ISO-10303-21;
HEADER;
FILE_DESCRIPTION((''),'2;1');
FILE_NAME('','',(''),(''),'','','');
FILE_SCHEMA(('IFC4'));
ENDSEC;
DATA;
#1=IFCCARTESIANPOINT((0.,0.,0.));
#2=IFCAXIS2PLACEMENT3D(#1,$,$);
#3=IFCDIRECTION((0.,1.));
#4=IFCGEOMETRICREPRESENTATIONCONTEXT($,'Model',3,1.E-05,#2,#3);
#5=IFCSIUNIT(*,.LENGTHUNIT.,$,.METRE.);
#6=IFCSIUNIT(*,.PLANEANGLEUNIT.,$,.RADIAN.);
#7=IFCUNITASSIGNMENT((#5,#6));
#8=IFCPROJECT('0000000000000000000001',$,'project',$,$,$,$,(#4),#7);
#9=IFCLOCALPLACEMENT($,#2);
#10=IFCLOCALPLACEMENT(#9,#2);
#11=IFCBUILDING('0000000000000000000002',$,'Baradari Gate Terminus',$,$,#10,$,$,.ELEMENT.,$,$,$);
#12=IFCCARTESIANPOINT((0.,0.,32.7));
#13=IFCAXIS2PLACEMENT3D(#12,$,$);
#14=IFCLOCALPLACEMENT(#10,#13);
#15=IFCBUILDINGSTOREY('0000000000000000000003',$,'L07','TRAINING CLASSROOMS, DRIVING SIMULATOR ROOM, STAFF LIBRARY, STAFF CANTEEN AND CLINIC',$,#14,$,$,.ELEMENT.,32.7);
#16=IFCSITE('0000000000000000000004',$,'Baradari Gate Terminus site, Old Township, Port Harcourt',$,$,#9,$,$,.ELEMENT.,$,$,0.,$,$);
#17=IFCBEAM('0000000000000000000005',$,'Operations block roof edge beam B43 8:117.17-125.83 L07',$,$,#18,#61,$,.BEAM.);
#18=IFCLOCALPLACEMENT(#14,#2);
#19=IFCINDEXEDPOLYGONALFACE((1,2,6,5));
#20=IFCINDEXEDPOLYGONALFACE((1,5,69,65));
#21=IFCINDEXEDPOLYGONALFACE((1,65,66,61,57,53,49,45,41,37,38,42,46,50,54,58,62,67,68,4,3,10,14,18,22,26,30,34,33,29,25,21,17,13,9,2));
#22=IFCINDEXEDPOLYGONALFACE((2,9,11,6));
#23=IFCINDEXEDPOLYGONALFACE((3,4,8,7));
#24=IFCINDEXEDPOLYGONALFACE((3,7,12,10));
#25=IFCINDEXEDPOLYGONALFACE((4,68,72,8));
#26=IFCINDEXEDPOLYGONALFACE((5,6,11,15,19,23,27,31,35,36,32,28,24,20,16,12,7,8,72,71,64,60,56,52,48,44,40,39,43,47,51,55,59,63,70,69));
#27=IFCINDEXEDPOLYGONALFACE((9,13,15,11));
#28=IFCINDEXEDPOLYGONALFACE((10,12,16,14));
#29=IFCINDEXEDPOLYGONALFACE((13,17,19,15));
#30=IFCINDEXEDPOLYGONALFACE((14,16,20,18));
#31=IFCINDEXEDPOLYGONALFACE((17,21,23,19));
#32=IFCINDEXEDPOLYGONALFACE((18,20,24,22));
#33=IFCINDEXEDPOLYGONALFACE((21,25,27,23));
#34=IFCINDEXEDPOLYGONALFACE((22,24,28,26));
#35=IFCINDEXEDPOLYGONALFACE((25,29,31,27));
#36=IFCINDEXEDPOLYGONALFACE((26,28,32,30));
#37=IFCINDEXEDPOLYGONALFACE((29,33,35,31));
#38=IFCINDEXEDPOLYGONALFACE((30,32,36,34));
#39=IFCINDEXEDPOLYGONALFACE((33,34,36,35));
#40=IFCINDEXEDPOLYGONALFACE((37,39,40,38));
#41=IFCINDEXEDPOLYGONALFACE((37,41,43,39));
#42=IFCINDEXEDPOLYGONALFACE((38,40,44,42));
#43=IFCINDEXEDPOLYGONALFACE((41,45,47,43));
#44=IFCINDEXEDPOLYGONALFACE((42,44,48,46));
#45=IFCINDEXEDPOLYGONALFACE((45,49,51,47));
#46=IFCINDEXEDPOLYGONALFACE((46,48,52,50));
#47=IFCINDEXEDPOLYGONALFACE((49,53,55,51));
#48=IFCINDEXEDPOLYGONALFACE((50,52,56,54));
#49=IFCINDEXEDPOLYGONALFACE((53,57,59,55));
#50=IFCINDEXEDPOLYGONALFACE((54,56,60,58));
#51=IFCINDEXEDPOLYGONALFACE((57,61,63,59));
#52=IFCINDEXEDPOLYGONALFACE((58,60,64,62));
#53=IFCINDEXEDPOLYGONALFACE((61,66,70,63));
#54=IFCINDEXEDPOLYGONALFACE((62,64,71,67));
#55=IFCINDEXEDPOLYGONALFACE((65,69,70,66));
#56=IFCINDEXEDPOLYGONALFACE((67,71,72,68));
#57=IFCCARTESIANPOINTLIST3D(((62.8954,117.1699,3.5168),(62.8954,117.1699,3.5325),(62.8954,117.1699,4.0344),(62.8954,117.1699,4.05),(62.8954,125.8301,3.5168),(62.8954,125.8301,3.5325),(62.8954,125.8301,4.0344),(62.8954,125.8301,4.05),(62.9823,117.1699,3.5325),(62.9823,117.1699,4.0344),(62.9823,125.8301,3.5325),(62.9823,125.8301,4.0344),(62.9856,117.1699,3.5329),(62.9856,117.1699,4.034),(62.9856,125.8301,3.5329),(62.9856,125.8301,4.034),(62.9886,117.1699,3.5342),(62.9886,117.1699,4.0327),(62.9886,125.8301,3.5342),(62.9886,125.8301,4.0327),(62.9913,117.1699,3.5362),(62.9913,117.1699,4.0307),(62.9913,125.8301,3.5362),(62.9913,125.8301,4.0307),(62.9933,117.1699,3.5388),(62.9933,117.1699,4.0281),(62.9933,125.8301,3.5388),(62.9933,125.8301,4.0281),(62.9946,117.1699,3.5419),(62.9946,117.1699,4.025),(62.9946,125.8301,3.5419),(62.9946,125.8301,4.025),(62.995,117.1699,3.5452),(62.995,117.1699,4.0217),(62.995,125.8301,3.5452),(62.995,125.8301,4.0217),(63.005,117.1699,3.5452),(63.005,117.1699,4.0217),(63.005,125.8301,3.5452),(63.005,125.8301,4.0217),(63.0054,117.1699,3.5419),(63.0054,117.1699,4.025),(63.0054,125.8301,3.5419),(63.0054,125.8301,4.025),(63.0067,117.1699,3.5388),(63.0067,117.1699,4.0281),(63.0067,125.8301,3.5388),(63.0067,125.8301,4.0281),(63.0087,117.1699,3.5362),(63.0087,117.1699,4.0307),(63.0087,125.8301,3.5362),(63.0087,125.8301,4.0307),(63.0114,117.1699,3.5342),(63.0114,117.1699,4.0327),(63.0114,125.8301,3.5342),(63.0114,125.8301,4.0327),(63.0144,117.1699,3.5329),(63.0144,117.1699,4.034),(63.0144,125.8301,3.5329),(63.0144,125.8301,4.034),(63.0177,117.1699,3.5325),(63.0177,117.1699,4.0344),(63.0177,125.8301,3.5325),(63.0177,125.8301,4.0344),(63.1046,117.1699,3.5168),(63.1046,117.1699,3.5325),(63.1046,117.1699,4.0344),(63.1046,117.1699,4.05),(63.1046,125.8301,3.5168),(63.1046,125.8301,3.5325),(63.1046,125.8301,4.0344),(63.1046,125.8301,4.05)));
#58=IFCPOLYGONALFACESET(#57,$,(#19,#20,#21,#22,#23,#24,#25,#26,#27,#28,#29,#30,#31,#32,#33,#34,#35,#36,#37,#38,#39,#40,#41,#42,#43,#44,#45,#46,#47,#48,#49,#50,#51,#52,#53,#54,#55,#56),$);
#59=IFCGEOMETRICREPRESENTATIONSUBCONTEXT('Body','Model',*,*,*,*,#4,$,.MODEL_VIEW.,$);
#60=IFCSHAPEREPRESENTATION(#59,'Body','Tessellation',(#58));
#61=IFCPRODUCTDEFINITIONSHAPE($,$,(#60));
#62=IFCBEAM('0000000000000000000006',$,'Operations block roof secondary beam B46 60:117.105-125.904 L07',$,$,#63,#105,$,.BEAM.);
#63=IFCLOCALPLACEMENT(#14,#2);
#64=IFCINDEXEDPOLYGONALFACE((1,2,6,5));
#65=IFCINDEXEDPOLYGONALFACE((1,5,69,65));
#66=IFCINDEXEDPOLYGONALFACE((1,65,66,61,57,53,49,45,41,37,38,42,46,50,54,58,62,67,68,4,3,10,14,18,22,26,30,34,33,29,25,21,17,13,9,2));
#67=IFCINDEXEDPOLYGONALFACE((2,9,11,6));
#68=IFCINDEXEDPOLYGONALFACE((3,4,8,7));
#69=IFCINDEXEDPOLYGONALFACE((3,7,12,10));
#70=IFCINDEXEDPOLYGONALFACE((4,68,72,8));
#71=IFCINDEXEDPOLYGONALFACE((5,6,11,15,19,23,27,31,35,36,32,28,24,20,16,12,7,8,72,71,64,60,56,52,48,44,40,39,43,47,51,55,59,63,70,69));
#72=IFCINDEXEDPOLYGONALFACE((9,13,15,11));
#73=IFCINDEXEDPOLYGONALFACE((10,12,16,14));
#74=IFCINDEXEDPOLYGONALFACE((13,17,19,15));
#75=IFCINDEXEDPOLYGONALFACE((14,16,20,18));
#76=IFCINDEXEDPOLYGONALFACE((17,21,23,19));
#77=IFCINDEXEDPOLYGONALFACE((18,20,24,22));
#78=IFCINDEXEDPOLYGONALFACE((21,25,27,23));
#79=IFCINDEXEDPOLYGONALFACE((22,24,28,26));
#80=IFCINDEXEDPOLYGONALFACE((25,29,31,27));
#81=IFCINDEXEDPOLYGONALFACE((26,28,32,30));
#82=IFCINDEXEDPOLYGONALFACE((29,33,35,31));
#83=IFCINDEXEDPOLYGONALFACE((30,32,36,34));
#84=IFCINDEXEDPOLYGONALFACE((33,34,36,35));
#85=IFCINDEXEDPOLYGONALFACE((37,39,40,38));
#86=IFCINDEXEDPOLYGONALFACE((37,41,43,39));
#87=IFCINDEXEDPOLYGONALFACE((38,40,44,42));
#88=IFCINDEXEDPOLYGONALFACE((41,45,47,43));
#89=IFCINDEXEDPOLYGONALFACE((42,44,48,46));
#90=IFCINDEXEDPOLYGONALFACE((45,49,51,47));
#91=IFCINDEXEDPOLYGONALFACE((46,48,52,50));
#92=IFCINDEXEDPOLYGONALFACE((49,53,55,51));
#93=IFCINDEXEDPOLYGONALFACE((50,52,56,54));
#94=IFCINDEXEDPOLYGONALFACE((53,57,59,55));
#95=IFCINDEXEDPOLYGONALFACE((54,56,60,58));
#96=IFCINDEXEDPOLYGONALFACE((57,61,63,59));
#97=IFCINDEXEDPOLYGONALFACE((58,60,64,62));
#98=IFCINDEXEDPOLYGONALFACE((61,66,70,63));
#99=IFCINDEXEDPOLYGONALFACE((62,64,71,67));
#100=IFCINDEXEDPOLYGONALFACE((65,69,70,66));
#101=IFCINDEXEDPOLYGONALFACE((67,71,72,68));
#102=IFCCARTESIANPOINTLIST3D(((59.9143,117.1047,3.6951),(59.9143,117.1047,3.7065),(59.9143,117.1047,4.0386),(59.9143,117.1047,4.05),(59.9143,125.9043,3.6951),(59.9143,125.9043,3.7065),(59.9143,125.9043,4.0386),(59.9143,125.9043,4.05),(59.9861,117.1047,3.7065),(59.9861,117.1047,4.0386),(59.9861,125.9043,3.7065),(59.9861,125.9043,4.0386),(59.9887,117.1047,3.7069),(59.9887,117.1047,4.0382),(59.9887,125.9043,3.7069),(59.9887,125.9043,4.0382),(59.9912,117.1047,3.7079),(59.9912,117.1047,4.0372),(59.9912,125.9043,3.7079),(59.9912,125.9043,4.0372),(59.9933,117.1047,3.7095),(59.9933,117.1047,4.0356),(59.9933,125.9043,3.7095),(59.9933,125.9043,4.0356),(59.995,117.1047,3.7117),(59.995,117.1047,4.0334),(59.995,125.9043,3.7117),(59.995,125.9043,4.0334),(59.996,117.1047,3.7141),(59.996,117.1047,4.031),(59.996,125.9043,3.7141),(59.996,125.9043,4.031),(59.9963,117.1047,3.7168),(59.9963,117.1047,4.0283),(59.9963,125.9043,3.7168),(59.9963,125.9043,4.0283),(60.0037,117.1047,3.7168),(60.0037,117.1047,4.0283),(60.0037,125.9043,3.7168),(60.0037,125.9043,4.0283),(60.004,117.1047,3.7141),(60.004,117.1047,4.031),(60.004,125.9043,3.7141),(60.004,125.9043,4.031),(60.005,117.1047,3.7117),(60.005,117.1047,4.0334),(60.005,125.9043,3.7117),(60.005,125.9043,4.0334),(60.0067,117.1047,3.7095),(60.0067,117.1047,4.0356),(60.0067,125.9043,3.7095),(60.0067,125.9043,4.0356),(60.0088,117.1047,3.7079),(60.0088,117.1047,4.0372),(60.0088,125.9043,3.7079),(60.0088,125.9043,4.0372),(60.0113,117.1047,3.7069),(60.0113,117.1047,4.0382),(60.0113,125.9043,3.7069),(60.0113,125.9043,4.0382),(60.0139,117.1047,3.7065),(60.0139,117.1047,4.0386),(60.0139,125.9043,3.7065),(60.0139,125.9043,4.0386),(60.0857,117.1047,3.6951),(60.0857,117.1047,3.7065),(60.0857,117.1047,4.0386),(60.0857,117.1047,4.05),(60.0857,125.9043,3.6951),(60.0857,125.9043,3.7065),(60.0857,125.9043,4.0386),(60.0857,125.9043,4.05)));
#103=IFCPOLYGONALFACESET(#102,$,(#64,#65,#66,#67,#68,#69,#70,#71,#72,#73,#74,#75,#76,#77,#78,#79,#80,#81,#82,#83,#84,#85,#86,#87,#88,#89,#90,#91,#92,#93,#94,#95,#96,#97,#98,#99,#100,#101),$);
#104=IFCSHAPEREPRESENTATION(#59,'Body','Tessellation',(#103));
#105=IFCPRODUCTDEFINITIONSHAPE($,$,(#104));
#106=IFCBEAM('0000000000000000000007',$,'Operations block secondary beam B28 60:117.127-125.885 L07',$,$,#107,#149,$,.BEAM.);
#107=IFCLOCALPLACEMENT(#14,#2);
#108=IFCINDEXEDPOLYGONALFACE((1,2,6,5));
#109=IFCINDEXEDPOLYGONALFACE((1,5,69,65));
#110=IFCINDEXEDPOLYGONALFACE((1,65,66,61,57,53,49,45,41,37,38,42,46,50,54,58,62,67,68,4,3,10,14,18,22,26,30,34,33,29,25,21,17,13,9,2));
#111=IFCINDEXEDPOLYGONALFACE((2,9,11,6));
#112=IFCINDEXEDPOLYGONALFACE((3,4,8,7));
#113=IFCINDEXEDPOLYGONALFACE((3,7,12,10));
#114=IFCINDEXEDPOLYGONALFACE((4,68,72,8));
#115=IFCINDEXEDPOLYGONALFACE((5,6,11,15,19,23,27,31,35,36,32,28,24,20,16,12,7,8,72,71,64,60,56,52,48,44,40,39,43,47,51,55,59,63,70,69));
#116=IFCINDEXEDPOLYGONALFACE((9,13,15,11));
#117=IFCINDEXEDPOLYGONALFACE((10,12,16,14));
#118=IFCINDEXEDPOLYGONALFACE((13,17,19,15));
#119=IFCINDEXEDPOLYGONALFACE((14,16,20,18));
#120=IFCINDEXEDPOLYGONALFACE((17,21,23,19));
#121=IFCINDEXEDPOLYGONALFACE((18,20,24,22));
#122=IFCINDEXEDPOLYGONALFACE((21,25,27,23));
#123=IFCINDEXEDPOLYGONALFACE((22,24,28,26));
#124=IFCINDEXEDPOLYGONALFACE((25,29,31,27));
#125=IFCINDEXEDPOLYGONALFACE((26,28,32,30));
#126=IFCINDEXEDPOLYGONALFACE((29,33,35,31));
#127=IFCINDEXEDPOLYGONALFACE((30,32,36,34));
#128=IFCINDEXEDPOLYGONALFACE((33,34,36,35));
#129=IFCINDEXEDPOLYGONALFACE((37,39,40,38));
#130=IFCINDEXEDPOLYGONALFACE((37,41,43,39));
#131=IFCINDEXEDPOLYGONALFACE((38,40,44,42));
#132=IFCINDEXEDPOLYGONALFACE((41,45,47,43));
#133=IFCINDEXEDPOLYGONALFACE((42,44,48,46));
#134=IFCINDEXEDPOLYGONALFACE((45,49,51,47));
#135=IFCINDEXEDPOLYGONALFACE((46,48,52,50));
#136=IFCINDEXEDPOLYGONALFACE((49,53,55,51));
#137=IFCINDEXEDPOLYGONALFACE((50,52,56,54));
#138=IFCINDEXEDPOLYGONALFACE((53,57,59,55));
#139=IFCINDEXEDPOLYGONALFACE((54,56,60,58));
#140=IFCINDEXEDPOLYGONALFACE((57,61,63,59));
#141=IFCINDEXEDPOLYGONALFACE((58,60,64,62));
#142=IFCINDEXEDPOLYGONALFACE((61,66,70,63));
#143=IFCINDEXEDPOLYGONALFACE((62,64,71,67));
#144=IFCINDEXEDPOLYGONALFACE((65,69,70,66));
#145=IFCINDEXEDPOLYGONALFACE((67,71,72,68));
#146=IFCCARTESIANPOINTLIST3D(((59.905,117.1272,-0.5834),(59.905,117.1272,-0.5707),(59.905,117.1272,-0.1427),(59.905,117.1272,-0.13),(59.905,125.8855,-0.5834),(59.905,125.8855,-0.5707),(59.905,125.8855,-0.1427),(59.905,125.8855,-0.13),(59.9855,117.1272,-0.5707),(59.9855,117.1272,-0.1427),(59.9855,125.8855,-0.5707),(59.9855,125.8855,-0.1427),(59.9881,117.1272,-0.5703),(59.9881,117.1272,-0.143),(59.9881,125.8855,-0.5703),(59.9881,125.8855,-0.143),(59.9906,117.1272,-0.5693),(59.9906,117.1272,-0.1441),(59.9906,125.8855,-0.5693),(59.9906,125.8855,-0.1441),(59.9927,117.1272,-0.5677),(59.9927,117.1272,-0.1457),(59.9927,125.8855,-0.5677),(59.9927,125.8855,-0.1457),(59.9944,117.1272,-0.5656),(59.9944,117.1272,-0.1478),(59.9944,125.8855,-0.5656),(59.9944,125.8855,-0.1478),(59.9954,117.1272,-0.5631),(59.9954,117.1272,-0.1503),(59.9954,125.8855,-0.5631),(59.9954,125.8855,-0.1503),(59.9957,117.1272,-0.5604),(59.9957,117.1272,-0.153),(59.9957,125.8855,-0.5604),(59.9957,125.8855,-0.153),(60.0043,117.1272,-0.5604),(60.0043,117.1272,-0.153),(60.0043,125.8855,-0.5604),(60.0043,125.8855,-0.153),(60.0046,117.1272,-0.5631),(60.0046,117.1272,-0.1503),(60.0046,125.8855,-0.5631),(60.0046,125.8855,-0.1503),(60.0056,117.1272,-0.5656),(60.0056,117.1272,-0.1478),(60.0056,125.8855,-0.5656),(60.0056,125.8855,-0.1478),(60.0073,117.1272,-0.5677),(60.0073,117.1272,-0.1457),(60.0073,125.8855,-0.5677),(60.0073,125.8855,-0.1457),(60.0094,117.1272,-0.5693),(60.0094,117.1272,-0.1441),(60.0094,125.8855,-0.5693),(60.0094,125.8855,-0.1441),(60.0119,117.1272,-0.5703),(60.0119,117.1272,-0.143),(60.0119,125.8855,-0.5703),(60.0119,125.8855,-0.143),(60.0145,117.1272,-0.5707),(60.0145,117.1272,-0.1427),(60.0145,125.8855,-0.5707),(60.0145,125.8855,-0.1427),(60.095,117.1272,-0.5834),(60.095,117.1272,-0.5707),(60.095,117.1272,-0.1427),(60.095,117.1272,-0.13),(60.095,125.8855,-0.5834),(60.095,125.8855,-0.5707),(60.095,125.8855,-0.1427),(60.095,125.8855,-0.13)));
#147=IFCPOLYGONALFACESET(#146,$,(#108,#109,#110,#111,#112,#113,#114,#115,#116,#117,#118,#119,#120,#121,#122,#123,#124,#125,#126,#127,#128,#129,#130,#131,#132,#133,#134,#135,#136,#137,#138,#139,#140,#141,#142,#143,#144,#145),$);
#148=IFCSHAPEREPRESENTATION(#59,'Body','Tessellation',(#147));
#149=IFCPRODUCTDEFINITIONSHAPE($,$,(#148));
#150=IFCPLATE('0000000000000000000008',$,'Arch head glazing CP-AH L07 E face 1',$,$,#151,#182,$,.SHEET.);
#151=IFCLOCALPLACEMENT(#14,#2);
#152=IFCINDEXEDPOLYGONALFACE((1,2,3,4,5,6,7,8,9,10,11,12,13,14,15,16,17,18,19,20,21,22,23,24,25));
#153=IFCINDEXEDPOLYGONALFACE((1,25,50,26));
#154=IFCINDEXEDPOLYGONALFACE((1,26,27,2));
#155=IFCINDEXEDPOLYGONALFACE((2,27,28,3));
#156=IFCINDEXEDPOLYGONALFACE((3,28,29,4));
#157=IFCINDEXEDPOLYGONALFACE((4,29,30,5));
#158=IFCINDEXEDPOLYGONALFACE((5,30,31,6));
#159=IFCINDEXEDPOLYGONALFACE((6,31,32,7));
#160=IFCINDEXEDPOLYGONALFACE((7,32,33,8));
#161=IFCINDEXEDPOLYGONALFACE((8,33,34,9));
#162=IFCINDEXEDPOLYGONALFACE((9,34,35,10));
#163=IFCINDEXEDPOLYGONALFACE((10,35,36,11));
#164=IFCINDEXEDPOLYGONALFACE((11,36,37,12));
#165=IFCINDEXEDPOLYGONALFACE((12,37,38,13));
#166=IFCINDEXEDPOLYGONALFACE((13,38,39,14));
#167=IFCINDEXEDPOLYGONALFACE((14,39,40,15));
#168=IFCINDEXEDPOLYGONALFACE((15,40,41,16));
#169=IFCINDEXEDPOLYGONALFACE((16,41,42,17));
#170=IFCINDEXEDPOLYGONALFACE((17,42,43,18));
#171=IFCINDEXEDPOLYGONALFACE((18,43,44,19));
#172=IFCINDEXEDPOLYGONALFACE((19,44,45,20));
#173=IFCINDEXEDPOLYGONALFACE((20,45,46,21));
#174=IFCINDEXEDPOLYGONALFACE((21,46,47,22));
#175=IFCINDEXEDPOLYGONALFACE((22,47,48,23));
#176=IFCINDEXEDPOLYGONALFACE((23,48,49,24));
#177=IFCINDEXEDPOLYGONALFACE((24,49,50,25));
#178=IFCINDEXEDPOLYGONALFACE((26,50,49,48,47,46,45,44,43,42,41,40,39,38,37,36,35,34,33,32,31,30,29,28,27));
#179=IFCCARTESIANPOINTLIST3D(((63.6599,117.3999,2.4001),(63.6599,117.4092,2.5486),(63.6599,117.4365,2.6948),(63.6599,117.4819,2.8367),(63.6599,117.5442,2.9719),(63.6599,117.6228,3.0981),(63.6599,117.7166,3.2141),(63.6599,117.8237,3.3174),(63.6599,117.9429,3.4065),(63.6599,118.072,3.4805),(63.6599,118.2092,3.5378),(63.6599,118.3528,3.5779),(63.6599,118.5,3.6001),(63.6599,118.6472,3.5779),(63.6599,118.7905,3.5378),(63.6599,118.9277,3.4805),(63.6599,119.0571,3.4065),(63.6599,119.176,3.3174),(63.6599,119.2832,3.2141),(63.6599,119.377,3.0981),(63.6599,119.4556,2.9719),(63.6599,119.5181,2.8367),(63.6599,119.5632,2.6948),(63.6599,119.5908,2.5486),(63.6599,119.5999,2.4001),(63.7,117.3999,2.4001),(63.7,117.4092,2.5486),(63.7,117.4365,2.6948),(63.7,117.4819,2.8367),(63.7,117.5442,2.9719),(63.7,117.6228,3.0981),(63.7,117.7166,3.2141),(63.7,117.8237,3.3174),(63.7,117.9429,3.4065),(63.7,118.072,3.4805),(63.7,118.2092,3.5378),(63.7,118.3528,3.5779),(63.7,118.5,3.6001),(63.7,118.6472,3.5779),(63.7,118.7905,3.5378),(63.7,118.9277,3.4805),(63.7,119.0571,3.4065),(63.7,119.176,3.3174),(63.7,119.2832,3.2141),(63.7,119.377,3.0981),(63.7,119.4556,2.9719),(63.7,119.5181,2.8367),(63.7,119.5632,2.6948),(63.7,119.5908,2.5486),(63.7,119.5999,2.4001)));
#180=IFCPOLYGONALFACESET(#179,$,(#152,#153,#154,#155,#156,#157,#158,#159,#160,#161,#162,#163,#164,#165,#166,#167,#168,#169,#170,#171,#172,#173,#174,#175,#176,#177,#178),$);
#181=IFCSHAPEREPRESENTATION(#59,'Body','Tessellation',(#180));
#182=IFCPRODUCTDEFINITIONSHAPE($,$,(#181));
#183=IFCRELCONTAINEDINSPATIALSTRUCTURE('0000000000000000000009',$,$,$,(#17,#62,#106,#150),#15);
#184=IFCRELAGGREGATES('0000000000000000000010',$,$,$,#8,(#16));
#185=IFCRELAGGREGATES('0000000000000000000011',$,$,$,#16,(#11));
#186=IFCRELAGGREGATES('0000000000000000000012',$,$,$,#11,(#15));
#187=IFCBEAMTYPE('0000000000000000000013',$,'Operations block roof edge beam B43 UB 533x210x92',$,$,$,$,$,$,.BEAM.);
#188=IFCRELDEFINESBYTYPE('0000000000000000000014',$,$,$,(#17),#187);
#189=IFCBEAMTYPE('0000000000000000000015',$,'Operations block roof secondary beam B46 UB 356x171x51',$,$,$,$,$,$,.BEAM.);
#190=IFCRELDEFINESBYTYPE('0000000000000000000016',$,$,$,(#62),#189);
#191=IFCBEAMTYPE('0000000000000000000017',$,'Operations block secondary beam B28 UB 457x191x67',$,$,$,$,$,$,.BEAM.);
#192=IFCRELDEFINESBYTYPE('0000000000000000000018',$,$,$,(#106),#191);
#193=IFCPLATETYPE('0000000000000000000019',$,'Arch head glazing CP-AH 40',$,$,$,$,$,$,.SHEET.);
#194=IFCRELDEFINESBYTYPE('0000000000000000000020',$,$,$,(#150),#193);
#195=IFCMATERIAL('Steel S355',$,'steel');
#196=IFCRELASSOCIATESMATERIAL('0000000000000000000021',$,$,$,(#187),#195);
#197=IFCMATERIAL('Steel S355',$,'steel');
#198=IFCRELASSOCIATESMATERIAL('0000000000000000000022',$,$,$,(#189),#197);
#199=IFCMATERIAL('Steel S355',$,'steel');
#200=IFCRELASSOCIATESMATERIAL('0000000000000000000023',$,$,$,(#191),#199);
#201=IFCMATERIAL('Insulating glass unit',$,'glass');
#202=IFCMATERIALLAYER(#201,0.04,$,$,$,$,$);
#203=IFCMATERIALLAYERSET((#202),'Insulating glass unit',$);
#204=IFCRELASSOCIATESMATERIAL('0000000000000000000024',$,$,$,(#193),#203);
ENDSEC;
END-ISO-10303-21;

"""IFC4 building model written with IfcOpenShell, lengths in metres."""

from ifc_helpers import new_model, si_unit, direction, frame, origin, origin_2d, place, context, subcontext, project, spatial, polyline, i_section, outline, extrude, material, layer, layer_set, material_profile, profile_set, type_object, element, save


model = new_model("IFC4")

# Units and contexts
model_context = context("Model", 3, precision=1e-05, world=origin(), true_north=direction((0.0, 1.0)))
body_context = subcontext(model_context, "Body", "Model", "MODEL_VIEW")
ifc_project = project(units=[si_unit("LENGTHUNIT", "METRE"), si_unit("PLANEANGLEUNIT", "RADIAN")], contexts=[model_context])

# Site, building, storey
site_placement = place(None, origin())
site = spatial("IfcSite", under=ifc_project, at=site_placement, Name="Baradari Gate Terminus site, Old Township, Port Harcourt", CompositionType="ELEMENT", RefElevation=0.0)
building_placement = place(site_placement, origin())
building = spatial("IfcBuilding", under=site, at=building_placement, Name="Baradari Gate Terminus", CompositionType="ELEMENT")
storey_placement = place(building_placement, frame((0.0, 0.0, 32.7)))
storey = spatial("IfcBuildingStorey", under=building, at=storey_placement, Name="L07", Description="TRAINING CLASSROOMS, DRIVING SIMULATOR ROOM, STAFF LIBRARY, STAFF CANTEEN AND CLINIC", CompositionType="ELEMENT", Elevation=32.7)

# Beams
ifc_material_1 = material(Name="Steel S355", Category="steel")
ifc_material_profile_1 = material_profile(ifc_material_1, i_section(OverallWidth=0.2092, OverallDepth=0.5332, WebThickness=0.01, FlangeThickness=0.0156, FilletRadius=0.0127, at=origin_2d()), Name="UB 533x210x92")
ifc_profile_set_1 = profile_set([ifc_material_profile_1], Name="Steel S355")
beam_type_1 = type_object("IfcBeamType", Name="Operations block roof edge beam B43 UB 533x210x92", PredefinedType="BEAM", material=ifc_profile_set_1)
beam_1_placement = place(storey_placement, frame((63.0, 117.1699, 3.7834), z_axis=(0.0, 1.0, 0.0), x_axis=(-1.0, 0.0, 0.0)))
element("IfcBeam", 1, at=beam_1_placement, inside=storey, type_object=beam_type_1, Name="Operations block roof edge beam B43 8:117.17-125.83 L07", PredefinedType="BEAM", context=body_context, shape_type="SweptSolid", body=[
    extrude(i_section(OverallWidth=0.2092, OverallDepth=0.5332, WebThickness=0.01, FlangeThickness=0.0156, FilletRadius=0.0127, at=origin_2d()), origin(), (0.0, 0.0, 1.0), 8.6602),
])
ifc_material_2 = material(Name="Steel S355", Category="steel")
ifc_material_profile_2 = material_profile(ifc_material_2, i_section(OverallWidth=0.1714, OverallDepth=0.355, WebThickness=0.0073, FlangeThickness=0.0115, FilletRadius=0.0103, at=origin_2d()), Name="UB 356x171x51")
ifc_profile_set_2 = profile_set([ifc_material_profile_2], Name="Steel S355")
beam_type_2 = type_object("IfcBeamType", Name="Operations block roof secondary beam B46 UB 356x171x51", PredefinedType="BEAM", material=ifc_profile_set_2)
beam_2_placement = place(storey_placement, frame((60.0, 117.1047, 3.8726), z_axis=(0.0, 1.0, 0.0), x_axis=(-1.0, 0.0, 0.0)))
element("IfcBeam", 2, at=beam_2_placement, inside=storey, type_object=beam_type_2, Name="Operations block roof secondary beam B46 60:117.105-125.904 L07", PredefinedType="BEAM", context=body_context, shape_type="SweptSolid", body=[
    extrude(i_section(OverallWidth=0.1714, OverallDepth=0.355, WebThickness=0.0073, FlangeThickness=0.0115, FilletRadius=0.0103, at=origin_2d()), origin(), (0.0, 0.0, 1.0), 8.7996),
])
ifc_material_3 = material(Name="Steel S355", Category="steel")
ifc_material_profile_3 = material_profile(ifc_material_3, i_section(OverallWidth=0.1899, OverallDepth=0.4534, WebThickness=0.0085, FlangeThickness=0.0127, FilletRadius=0.0103, at=origin_2d()), Name="UB 457x191x67")
ifc_profile_set_3 = profile_set([ifc_material_profile_3], Name="Steel S355")
beam_type_3 = type_object("IfcBeamType", Name="Operations block secondary beam B28 UB 457x191x67", PredefinedType="BEAM", material=ifc_profile_set_3)
beam_3_placement = place(storey_placement, frame((60.0, 117.1272, -0.3567), z_axis=(0.0, 1.0, 0.0), x_axis=(-1.0, 0.0, 0.0)))
element("IfcBeam", 3, at=beam_3_placement, inside=storey, type_object=beam_type_3, Name="Operations block secondary beam B28 60:117.127-125.885 L07", PredefinedType="BEAM", context=body_context, shape_type="SweptSolid", body=[
    extrude(i_section(OverallWidth=0.1899, OverallDepth=0.4534, WebThickness=0.0085, FlangeThickness=0.0127, FilletRadius=0.0103, at=origin_2d()), origin(), (0.0, 0.0, 1.0), 8.7583),
])

# Plate
ifc_material_4 = material(Name="Insulating glass unit", Category="glass")
ifc_layer_1 = layer(ifc_material_4, 0.04)
ifc_layer_set_1 = layer_set([ifc_layer_1], Name="Insulating glass unit")
plate_type_1 = type_object("IfcPlateType", Name="Arch head glazing CP-AH 40", PredefinedType="SHEET", material=ifc_layer_set_1)
for number, where, z_axis, x_axis, name in (
    (4, (63.6799, 117.3999, 2.4001), (0.0, 0.0, 1.0), (0.0, 1.0, 0.0), "Arch head glazing CP-AH L07 E face 1"),
):
    element("IfcPlate", number, at=place(storey_placement, frame(where, z_axis=z_axis, x_axis=x_axis)), inside=storey, type_object=plate_type_1, Name=name, PredefinedType="SHEET", context=body_context, shape_type="SweptSolid", body=[
        extrude(outline(polyline([(0.0, 0.0), (2.2, 0.0), (2.1909, 0.1484), (2.1633, 0.2947), (2.1182, 0.4365), (2.0557, 0.5718), (1.9771, 0.698), (1.8833, 0.814), (1.7761, 0.9172), (1.6572, 1.0063), (1.5278, 1.0803), (1.3906, 1.1377), (1.2473, 1.1777), (1.1001, 1.2), (0.9529, 1.1777), (0.8093, 1.1377), (0.6721, 1.0803), (0.543, 1.0063), (0.4238, 0.9172), (0.3167, 0.814), (0.2229, 0.698), (0.1443, 0.5718), (0.082, 0.4365), (0.0366, 0.2947), (0.0093, 0.1484), (0.0, 0.0)])), frame((0.0, 0.02, 0.0), z_axis=(0.0, -1.0, 0.0), x_axis=(1.0, 0.0, 0.0)), (0.0, 0.0, 1.0), 0.04),
    ])

save(model, "model.ifc")
